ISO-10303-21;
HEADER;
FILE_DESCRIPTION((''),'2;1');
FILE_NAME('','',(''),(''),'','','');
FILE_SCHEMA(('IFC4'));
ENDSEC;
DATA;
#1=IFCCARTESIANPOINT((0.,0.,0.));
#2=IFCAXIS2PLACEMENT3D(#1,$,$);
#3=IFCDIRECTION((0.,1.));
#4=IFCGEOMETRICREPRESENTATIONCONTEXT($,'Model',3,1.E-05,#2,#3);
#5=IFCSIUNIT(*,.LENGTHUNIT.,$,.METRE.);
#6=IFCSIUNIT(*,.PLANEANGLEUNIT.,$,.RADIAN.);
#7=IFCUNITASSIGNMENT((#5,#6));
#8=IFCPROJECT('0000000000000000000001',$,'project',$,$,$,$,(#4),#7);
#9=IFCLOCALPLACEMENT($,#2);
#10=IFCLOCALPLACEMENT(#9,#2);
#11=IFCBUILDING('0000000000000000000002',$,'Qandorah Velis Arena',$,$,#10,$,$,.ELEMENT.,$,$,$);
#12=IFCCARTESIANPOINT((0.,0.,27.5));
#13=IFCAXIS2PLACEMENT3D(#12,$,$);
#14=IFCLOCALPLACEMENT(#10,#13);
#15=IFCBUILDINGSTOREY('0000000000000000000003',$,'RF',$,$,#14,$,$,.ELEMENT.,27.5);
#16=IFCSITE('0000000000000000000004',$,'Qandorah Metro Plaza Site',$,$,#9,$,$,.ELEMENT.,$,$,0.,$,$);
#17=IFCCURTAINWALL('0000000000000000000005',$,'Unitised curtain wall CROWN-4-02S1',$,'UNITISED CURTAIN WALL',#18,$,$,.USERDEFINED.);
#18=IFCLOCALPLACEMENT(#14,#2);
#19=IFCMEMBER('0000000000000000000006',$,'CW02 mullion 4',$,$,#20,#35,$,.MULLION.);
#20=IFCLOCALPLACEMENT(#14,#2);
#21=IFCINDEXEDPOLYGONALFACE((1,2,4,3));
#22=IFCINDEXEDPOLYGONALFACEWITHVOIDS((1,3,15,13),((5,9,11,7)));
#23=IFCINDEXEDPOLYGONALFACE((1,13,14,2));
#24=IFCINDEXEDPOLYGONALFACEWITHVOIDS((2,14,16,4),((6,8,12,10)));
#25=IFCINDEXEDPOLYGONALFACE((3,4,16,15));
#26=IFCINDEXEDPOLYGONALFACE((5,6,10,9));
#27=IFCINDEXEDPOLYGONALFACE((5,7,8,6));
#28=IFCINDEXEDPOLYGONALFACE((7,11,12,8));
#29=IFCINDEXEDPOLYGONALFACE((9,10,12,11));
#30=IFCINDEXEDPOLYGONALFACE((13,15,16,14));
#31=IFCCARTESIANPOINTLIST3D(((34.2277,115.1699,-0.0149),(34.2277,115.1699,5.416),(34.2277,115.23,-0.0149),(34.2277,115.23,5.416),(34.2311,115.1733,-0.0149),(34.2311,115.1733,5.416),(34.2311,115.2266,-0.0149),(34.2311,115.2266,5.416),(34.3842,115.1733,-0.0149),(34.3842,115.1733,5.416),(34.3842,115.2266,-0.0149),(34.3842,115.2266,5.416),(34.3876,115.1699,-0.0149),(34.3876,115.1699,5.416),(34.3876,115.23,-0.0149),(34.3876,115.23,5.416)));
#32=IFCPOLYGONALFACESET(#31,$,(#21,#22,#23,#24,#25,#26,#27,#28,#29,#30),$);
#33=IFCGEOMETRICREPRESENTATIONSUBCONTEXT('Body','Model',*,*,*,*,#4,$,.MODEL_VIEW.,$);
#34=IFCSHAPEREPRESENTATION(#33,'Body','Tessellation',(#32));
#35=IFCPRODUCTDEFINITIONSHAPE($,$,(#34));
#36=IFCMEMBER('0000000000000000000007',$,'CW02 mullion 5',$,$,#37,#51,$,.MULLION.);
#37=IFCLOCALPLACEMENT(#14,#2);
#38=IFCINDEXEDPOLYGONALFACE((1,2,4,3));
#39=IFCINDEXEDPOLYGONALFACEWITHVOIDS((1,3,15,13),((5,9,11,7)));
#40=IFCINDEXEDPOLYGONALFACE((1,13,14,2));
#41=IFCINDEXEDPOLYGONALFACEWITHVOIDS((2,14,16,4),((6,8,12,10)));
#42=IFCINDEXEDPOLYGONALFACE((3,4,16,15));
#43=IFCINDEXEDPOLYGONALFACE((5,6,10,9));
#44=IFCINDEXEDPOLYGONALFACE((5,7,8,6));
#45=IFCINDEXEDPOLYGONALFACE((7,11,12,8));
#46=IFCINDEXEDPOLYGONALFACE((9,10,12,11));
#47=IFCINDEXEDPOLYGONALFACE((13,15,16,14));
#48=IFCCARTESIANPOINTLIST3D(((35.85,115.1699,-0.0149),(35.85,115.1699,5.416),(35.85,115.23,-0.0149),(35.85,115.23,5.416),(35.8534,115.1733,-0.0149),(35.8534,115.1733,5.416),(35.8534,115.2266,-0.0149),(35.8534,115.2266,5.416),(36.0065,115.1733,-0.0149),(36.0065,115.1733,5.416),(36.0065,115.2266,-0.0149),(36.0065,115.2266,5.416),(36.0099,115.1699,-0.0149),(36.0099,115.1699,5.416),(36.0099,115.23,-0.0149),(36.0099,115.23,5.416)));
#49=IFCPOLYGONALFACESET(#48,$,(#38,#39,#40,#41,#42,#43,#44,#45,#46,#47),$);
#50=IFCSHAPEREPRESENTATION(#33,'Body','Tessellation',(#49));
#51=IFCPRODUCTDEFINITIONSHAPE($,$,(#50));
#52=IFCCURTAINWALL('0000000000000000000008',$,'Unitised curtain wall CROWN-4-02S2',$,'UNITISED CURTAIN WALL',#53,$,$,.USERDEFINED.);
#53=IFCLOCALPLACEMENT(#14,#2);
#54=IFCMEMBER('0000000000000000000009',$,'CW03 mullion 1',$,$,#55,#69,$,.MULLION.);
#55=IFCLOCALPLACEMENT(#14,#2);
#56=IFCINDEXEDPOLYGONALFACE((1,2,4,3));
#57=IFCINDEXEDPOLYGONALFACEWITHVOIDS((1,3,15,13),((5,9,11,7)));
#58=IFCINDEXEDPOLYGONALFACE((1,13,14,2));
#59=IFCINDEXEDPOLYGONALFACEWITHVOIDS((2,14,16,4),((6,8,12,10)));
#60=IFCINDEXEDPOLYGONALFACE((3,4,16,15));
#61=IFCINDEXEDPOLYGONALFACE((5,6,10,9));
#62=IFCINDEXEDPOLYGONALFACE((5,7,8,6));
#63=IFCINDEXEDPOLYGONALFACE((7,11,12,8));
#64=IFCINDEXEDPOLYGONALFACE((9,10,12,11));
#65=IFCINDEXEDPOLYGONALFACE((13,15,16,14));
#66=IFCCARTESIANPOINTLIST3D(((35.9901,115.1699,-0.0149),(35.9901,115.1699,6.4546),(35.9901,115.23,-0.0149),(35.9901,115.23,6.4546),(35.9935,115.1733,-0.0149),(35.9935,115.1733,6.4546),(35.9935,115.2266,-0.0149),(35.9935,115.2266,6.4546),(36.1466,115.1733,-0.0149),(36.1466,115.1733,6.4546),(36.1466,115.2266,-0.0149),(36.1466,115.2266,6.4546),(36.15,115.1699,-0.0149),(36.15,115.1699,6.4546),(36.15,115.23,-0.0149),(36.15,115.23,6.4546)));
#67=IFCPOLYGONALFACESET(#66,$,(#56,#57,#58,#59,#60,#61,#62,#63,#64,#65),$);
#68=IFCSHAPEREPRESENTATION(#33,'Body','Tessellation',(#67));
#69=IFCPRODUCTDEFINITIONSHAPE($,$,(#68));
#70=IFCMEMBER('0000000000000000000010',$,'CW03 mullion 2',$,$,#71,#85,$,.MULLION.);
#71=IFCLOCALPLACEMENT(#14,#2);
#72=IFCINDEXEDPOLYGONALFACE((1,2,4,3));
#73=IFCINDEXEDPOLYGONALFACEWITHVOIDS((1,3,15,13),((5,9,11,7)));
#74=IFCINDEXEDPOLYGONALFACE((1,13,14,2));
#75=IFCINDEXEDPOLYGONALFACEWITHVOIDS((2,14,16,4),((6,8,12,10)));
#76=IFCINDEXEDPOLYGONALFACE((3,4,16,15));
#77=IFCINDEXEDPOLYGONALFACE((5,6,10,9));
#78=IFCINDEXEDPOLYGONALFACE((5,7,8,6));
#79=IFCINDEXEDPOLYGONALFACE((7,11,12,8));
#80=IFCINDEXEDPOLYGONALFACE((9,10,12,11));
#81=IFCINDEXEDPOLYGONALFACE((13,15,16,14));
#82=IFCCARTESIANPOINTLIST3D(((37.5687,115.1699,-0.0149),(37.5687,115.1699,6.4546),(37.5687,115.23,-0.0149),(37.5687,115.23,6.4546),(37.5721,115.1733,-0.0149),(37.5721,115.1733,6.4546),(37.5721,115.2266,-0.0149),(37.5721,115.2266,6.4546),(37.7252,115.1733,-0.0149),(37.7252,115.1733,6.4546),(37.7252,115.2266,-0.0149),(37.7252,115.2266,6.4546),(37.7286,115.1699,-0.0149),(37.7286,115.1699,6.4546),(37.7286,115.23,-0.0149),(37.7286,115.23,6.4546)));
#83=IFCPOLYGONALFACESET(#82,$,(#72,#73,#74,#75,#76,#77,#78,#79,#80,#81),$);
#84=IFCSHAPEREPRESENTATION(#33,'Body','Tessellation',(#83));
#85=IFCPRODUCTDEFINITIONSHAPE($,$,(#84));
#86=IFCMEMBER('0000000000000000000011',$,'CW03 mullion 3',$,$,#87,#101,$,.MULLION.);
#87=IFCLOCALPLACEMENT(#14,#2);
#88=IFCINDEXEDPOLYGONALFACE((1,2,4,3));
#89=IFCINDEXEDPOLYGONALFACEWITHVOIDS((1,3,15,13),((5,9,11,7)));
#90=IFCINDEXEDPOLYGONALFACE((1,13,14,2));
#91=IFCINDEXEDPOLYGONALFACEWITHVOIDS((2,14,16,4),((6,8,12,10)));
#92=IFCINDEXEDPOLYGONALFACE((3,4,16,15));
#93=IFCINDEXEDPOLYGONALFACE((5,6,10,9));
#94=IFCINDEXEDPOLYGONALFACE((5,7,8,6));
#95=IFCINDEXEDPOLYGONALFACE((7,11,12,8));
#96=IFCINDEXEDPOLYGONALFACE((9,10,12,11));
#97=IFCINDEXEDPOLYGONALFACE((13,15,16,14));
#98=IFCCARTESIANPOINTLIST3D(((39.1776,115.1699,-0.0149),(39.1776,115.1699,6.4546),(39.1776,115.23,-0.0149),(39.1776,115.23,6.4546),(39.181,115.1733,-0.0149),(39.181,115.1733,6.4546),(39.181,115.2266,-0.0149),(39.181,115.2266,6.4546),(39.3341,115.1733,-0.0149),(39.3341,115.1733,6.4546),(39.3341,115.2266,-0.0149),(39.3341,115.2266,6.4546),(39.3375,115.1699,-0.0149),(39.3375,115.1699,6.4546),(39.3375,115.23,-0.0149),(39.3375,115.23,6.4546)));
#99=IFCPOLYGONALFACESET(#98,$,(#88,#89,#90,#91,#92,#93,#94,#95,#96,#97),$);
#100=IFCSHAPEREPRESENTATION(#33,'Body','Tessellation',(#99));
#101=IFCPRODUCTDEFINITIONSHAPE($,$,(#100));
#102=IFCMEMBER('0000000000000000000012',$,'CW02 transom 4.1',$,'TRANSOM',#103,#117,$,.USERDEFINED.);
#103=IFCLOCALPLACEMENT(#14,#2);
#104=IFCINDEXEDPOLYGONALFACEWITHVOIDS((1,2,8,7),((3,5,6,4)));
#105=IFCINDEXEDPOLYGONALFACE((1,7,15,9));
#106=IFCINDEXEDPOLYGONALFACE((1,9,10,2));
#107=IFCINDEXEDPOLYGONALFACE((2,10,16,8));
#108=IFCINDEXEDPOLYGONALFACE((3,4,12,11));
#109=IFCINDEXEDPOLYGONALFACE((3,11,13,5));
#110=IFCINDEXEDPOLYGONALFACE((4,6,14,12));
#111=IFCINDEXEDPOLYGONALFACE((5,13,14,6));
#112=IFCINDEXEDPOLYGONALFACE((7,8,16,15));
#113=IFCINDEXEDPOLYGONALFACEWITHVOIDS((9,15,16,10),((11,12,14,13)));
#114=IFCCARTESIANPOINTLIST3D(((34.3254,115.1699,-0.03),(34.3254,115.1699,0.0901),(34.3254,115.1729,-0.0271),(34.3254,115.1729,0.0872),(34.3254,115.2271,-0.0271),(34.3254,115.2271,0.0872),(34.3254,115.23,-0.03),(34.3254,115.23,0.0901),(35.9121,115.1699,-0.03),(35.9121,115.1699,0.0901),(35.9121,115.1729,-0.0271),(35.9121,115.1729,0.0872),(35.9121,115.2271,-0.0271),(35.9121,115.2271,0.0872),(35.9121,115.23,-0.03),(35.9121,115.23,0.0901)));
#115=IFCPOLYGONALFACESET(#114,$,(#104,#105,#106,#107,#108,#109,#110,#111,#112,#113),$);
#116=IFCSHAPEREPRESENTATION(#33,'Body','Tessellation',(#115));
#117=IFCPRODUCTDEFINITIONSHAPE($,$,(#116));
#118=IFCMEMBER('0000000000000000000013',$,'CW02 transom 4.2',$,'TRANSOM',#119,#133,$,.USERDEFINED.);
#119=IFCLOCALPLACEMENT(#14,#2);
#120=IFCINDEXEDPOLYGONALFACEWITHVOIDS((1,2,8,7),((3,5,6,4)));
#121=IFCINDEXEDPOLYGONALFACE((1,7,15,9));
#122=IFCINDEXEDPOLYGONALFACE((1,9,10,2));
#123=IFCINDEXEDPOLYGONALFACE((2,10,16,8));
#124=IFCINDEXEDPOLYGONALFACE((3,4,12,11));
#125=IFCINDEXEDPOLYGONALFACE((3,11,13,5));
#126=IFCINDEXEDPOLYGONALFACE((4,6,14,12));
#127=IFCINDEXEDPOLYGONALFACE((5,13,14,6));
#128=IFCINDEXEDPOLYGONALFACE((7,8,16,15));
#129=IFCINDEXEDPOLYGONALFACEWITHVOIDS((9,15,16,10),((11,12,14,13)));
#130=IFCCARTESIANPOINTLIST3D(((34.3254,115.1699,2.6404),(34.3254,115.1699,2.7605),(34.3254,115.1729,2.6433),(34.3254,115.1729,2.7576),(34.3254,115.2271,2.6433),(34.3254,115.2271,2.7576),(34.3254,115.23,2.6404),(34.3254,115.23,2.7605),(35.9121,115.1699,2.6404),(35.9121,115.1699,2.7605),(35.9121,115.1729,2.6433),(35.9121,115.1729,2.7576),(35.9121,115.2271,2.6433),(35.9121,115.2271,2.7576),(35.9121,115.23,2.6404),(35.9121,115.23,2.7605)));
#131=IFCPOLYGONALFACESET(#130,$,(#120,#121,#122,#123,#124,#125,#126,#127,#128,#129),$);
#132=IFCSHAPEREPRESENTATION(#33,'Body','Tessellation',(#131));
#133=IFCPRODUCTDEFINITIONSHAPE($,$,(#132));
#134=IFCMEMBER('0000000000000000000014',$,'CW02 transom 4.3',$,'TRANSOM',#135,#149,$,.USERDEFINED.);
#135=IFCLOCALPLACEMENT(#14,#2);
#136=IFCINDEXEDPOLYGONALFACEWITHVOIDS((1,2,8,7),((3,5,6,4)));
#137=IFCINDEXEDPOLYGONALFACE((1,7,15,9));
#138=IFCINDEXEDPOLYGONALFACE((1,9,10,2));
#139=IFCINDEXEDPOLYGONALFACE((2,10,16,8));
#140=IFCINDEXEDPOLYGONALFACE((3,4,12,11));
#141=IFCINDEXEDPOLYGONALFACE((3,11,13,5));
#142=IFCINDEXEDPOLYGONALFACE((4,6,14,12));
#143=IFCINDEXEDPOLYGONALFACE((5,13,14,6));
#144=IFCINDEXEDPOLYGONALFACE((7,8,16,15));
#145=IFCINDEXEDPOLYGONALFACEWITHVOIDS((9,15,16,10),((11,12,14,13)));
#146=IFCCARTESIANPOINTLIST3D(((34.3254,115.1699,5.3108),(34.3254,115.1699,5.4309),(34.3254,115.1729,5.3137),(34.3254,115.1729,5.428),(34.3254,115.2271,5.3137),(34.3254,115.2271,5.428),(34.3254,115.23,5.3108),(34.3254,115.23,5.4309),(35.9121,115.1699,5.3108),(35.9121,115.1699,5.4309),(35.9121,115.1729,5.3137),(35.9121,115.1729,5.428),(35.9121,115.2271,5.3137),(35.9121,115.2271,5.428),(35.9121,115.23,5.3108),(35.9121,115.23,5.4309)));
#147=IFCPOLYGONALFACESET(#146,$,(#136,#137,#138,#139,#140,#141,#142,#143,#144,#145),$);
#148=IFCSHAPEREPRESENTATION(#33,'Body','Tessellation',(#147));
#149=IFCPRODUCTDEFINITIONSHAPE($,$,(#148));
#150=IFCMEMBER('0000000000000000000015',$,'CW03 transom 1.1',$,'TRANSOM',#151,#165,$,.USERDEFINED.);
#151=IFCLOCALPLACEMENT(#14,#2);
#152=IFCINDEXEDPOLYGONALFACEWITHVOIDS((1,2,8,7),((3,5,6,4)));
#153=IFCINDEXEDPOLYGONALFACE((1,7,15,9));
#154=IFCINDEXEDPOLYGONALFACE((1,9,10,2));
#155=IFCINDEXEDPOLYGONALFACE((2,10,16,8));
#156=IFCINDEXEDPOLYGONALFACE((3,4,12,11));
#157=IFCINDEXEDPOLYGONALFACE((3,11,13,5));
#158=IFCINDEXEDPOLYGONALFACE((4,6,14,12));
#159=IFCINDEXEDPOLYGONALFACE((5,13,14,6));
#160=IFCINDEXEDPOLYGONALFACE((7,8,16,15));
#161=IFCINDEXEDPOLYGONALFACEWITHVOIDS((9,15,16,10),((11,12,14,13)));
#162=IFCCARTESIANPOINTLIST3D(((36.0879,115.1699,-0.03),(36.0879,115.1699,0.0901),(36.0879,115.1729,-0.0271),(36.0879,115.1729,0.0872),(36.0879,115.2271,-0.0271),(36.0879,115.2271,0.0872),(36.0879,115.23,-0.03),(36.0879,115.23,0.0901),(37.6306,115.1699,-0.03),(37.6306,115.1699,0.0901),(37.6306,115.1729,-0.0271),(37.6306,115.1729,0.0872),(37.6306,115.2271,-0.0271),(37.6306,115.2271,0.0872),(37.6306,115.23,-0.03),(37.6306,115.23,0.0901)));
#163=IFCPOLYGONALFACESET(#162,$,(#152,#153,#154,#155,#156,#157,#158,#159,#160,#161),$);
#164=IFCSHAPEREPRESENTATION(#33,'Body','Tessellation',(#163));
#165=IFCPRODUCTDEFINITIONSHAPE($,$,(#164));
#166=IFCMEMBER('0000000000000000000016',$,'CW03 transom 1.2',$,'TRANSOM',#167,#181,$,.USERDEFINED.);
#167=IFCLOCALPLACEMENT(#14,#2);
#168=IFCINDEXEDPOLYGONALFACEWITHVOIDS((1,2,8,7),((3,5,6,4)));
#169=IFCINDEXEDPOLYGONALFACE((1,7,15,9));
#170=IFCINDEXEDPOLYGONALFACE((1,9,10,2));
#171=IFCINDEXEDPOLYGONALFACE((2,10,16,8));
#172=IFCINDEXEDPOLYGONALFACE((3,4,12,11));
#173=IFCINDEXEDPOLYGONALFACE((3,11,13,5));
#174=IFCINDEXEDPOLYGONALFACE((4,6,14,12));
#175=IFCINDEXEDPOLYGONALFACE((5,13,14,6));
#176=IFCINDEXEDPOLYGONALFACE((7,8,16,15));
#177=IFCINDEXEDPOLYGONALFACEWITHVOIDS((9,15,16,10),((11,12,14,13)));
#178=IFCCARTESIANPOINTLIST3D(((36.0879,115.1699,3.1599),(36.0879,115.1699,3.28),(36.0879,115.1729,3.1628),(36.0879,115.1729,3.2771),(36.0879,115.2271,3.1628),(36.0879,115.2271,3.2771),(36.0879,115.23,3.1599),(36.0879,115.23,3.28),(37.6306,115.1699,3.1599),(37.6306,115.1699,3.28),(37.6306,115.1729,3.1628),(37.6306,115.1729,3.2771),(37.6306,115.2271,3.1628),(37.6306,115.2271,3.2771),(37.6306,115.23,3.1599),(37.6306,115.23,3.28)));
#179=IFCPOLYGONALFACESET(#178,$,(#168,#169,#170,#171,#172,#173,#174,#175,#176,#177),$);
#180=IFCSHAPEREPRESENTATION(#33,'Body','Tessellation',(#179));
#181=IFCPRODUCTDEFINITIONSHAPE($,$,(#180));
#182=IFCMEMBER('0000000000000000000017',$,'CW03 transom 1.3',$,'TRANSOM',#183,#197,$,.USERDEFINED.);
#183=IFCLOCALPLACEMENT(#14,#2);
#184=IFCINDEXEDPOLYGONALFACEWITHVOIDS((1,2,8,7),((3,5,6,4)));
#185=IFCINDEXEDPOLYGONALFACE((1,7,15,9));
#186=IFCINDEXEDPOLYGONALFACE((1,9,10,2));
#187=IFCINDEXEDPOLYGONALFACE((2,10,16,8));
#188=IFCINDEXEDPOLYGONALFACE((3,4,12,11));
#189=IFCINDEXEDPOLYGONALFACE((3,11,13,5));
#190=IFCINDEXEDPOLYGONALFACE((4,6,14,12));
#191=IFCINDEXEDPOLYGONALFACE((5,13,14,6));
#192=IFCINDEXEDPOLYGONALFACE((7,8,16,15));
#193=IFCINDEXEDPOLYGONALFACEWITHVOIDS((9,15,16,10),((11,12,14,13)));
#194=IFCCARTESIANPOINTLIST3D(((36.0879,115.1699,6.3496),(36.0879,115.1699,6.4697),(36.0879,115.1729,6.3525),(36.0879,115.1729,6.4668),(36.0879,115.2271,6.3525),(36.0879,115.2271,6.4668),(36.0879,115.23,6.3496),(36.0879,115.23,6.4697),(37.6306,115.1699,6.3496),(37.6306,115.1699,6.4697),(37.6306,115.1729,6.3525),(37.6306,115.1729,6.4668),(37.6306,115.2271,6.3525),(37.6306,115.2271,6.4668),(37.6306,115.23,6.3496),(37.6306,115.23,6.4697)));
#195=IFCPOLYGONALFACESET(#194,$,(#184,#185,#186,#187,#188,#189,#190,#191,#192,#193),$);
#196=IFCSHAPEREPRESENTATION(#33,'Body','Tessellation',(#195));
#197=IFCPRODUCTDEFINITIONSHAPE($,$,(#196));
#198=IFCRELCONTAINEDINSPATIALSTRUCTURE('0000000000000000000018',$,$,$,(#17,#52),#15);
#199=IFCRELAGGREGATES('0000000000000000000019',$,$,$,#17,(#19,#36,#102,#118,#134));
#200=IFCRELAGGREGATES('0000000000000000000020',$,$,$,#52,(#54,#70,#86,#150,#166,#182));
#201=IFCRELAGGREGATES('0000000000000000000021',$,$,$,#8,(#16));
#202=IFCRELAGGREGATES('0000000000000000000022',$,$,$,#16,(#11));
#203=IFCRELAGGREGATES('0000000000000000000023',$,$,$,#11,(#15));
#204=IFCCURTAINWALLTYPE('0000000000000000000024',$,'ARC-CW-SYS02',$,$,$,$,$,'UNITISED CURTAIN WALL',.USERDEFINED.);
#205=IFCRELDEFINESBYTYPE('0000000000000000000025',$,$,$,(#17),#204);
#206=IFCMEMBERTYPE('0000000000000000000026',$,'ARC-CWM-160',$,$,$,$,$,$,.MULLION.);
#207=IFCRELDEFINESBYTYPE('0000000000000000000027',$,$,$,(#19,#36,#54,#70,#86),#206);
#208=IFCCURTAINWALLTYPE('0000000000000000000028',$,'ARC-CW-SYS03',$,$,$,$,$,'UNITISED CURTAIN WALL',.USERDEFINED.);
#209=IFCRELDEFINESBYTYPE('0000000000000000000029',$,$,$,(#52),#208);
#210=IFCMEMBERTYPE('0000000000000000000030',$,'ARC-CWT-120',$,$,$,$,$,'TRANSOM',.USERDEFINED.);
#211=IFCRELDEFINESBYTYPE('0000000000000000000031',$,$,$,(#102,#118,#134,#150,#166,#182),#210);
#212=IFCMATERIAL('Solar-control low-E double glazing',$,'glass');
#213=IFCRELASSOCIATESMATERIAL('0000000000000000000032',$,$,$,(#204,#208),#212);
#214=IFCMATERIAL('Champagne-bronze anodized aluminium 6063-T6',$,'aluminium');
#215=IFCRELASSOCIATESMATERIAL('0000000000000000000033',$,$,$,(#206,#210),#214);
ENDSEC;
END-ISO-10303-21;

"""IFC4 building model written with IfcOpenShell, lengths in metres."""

from ifc_helpers import new_model, si_unit, direction, frame, origin, origin_2d, place, context, subcontext, project, spatial, hollow_rectangle, extrude, material, material_profile, profile_set, type_object, element, aggregate, save


model = new_model("IFC4")

# Units and contexts
model_context = context("Model", 3, precision=1e-05, world=origin(), true_north=direction((0.0, 1.0)))
body_context = subcontext(model_context, "Body", "Model", "MODEL_VIEW")
ifc_project = project(units=[si_unit("LENGTHUNIT", "METRE"), si_unit("PLANEANGLEUNIT", "RADIAN")], contexts=[model_context])

# Site, building, storey
site_placement = place(None, origin())
site = spatial("IfcSite", under=ifc_project, at=site_placement, Name="Qandorah Metro Plaza Site", CompositionType="ELEMENT", RefElevation=0.0)
building_placement = place(site_placement, origin())
building = spatial("IfcBuilding", under=site, at=building_placement, Name="Qandorah Velis Arena", CompositionType="ELEMENT")
storey_placement = place(building_placement, frame((0.0, 0.0, 27.5)))
storey = spatial("IfcBuildingStorey", under=building, at=storey_placement, Name="RF", CompositionType="ELEMENT", Elevation=27.5)

# Curtain walls, members
ifc_material_1 = material(Name="Solar-control low-E double glazing", Category="glass")
curtain_wall_type_1 = type_object("IfcCurtainWallType", Name="ARC-CW-SYS02", ElementType="UNITISED CURTAIN WALL", PredefinedType="USERDEFINED", material=ifc_material_1)
curtain_wall_1_placement = place(storey_placement, origin())
curtain_wall_1 = element("IfcCurtainWall", 1, at=curtain_wall_1_placement, inside=storey, type_object=curtain_wall_type_1, Name="Unitised curtain wall CROWN-4-02S1", ObjectType="UNITISED CURTAIN WALL", PredefinedType="USERDEFINED")
ifc_material_2 = material(Name="Champagne-bronze anodized aluminium 6063-T6", Category="aluminium")
ifc_material_profile_1 = material_profile(ifc_material_2, hollow_rectangle(XDim=0.0601, YDim=0.1599, WallThickness=0.0034, at=origin_2d()), Name="ALU MULLION 60x160")
ifc_profile_set_1 = profile_set([ifc_material_profile_1], Name="Champagne-bronze anodized aluminium 6063-T6")
member_type_1 = type_object("IfcMemberType", Name="ARC-CWM-160", PredefinedType="MULLION", material=ifc_profile_set_1)
member_1_placement = place(storey_placement, frame((34.3076, 115.2, -0.0149), z_axis=(0.0, 0.0, 1.0), x_axis=(0.0, 1.0, 0.0)))
member_1 = element("IfcMember", 2, at=member_1_placement, type_object=member_type_1, Name="CW02 mullion 4", PredefinedType="MULLION", context=body_context, shape_type="SweptSolid", body=[
    extrude(hollow_rectangle(XDim=0.0601, YDim=0.1599, WallThickness=0.0034, at=origin_2d()), origin(), (0.0, 0.0, 1.0), 5.4309),
])
member_2_placement = place(storey_placement, frame((35.9299, 115.2, -0.0149), z_axis=(0.0, 0.0, 1.0), x_axis=(0.0, 1.0, 0.0)))
member_2 = element("IfcMember", 3, at=member_2_placement, type_object=member_type_1, Name="CW02 mullion 5", PredefinedType="MULLION", context=body_context, shape_type="SweptSolid", body=[
    extrude(hollow_rectangle(XDim=0.0601, YDim=0.1599, WallThickness=0.0034, at=origin_2d()), origin(), (0.0, 0.0, 1.0), 5.4309),
])
curtain_wall_type_2 = type_object("IfcCurtainWallType", Name="ARC-CW-SYS03", ElementType="UNITISED CURTAIN WALL", PredefinedType="USERDEFINED", material=ifc_material_1)
curtain_wall_2_placement = place(storey_placement, origin())
curtain_wall_2 = element("IfcCurtainWall", 4, at=curtain_wall_2_placement, inside=storey, type_object=curtain_wall_type_2, Name="Unitised curtain wall CROWN-4-02S2", ObjectType="UNITISED CURTAIN WALL", PredefinedType="USERDEFINED")
member_3_placement = place(storey_placement, frame((36.0701, 115.2, -0.0149), z_axis=(0.0, 0.0, 1.0), x_axis=(0.0, 1.0, 0.0)))
member_3 = element("IfcMember", 5, at=member_3_placement, type_object=member_type_1, Name="CW03 mullion 1", PredefinedType="MULLION", context=body_context, shape_type="SweptSolid", body=[
    extrude(hollow_rectangle(XDim=0.0601, YDim=0.1599, WallThickness=0.0034, at=origin_2d()), origin(), (0.0, 0.0, 1.0), 6.4695),
])
member_4_placement = place(storey_placement, frame((37.6487, 115.2, -0.0149), z_axis=(0.0, 0.0, 1.0), x_axis=(0.0, 1.0, 0.0)))
member_4 = element("IfcMember", 6, at=member_4_placement, type_object=member_type_1, Name="CW03 mullion 2", PredefinedType="MULLION", context=body_context, shape_type="SweptSolid", body=[
    extrude(hollow_rectangle(XDim=0.0601, YDim=0.1599, WallThickness=0.0034, at=origin_2d()), origin(), (0.0, 0.0, 1.0), 6.4695),
])
member_5_placement = place(storey_placement, frame((39.2576, 115.2, -0.0149), z_axis=(0.0, 0.0, 1.0), x_axis=(0.0, 1.0, 0.0)))
member_5 = element("IfcMember", 7, at=member_5_placement, type_object=member_type_1, Name="CW03 mullion 3", PredefinedType="MULLION", context=body_context, shape_type="SweptSolid", body=[
    extrude(hollow_rectangle(XDim=0.0601, YDim=0.1599, WallThickness=0.0034, at=origin_2d()), origin(), (0.0, 0.0, 1.0), 6.4695),
])

# Members
ifc_material_profile_2 = material_profile(ifc_material_2, hollow_rectangle(XDim=0.0601, YDim=0.1201, WallThickness=0.0029, at=origin_2d()), Name="ALU TRANSOM 60x120")
ifc_profile_set_2 = profile_set([ifc_material_profile_2], Name="Champagne-bronze anodized aluminium 6063-T6")
member_type_2 = type_object("IfcMemberType", Name="ARC-CWT-120", ElementType="TRANSOM", PredefinedType="USERDEFINED", material=ifc_profile_set_2)
member_6_placement = place(storey_placement, frame((34.3254, 115.2, 0.03), z_axis=(1.0, 0.0, 0.0), x_axis=(0.0, 1.0, 0.0)))
member_6 = element("IfcMember", 8, at=member_6_placement, type_object=member_type_2, Name="CW02 transom 4.1", ObjectType="TRANSOM", PredefinedType="USERDEFINED", context=body_context, shape_type="SweptSolid", body=[
    extrude(hollow_rectangle(XDim=0.0601, YDim=0.1201, WallThickness=0.0029, at=origin_2d()), origin(), (0.0, 0.0, 1.0), 1.5867),
])
member_7_placement = place(storey_placement, frame((34.3254, 115.2, 2.7004), z_axis=(1.0, 0.0, 0.0), x_axis=(0.0, 1.0, 0.0)))
member_7 = element("IfcMember", 9, at=member_7_placement, type_object=member_type_2, Name="CW02 transom 4.2", ObjectType="TRANSOM", PredefinedType="USERDEFINED", context=body_context, shape_type="SweptSolid", body=[
    extrude(hollow_rectangle(XDim=0.0601, YDim=0.1201, WallThickness=0.0029, at=origin_2d()), origin(), (0.0, 0.0, 1.0), 1.5867),
])
member_8_placement = place(storey_placement, frame((34.3254, 115.2, 5.3708), z_axis=(1.0, 0.0, 0.0), x_axis=(0.0, 1.0, 0.0)))
member_8 = element("IfcMember", 10, at=member_8_placement, type_object=member_type_2, Name="CW02 transom 4.3", ObjectType="TRANSOM", PredefinedType="USERDEFINED", context=body_context, shape_type="SweptSolid", body=[
    extrude(hollow_rectangle(XDim=0.0601, YDim=0.1201, WallThickness=0.0029, at=origin_2d()), origin(), (0.0, 0.0, 1.0), 1.5867),
])
member_9_placement = place(storey_placement, frame((36.0879, 115.2, 0.03), z_axis=(1.0, 0.0, 0.0), x_axis=(0.0, 1.0, 0.0)))
member_9 = element("IfcMember", 11, at=member_9_placement, type_object=member_type_2, Name="CW03 transom 1.1", ObjectType="TRANSOM", PredefinedType="USERDEFINED", context=body_context, shape_type="SweptSolid", body=[
    extrude(hollow_rectangle(XDim=0.0601, YDim=0.1201, WallThickness=0.0029, at=origin_2d()), origin(), (0.0, 0.0, 1.0), 1.5427),
])
member_10_placement = place(storey_placement, frame((36.0879, 115.2, 3.22), z_axis=(1.0, 0.0, 0.0), x_axis=(0.0, 1.0, 0.0)))
member_10 = element("IfcMember", 12, at=member_10_placement, type_object=member_type_2, Name="CW03 transom 1.2", ObjectType="TRANSOM", PredefinedType="USERDEFINED", context=body_context, shape_type="SweptSolid", body=[
    extrude(hollow_rectangle(XDim=0.0601, YDim=0.1201, WallThickness=0.0029, at=origin_2d()), origin(), (0.0, 0.0, 1.0), 1.5427),
])
member_11_placement = place(storey_placement, frame((36.0879, 115.2, 6.4097), z_axis=(1.0, 0.0, 0.0), x_axis=(0.0, 1.0, 0.0)))
member_11 = element("IfcMember", 13, at=member_11_placement, type_object=member_type_2, Name="CW03 transom 1.3", ObjectType="TRANSOM", PredefinedType="USERDEFINED", context=body_context, shape_type="SweptSolid", body=[
    extrude(hollow_rectangle(XDim=0.0601, YDim=0.1201, WallThickness=0.0029, at=origin_2d()), origin(), (0.0, 0.0, 1.0), 1.5427),
])

aggregate(curtain_wall_1, [member_1, member_2, member_6, member_7, member_8])
aggregate(curtain_wall_2, [member_3, member_4, member_5, member_9, member_10, member_11])

save(model, "model.ifc")
